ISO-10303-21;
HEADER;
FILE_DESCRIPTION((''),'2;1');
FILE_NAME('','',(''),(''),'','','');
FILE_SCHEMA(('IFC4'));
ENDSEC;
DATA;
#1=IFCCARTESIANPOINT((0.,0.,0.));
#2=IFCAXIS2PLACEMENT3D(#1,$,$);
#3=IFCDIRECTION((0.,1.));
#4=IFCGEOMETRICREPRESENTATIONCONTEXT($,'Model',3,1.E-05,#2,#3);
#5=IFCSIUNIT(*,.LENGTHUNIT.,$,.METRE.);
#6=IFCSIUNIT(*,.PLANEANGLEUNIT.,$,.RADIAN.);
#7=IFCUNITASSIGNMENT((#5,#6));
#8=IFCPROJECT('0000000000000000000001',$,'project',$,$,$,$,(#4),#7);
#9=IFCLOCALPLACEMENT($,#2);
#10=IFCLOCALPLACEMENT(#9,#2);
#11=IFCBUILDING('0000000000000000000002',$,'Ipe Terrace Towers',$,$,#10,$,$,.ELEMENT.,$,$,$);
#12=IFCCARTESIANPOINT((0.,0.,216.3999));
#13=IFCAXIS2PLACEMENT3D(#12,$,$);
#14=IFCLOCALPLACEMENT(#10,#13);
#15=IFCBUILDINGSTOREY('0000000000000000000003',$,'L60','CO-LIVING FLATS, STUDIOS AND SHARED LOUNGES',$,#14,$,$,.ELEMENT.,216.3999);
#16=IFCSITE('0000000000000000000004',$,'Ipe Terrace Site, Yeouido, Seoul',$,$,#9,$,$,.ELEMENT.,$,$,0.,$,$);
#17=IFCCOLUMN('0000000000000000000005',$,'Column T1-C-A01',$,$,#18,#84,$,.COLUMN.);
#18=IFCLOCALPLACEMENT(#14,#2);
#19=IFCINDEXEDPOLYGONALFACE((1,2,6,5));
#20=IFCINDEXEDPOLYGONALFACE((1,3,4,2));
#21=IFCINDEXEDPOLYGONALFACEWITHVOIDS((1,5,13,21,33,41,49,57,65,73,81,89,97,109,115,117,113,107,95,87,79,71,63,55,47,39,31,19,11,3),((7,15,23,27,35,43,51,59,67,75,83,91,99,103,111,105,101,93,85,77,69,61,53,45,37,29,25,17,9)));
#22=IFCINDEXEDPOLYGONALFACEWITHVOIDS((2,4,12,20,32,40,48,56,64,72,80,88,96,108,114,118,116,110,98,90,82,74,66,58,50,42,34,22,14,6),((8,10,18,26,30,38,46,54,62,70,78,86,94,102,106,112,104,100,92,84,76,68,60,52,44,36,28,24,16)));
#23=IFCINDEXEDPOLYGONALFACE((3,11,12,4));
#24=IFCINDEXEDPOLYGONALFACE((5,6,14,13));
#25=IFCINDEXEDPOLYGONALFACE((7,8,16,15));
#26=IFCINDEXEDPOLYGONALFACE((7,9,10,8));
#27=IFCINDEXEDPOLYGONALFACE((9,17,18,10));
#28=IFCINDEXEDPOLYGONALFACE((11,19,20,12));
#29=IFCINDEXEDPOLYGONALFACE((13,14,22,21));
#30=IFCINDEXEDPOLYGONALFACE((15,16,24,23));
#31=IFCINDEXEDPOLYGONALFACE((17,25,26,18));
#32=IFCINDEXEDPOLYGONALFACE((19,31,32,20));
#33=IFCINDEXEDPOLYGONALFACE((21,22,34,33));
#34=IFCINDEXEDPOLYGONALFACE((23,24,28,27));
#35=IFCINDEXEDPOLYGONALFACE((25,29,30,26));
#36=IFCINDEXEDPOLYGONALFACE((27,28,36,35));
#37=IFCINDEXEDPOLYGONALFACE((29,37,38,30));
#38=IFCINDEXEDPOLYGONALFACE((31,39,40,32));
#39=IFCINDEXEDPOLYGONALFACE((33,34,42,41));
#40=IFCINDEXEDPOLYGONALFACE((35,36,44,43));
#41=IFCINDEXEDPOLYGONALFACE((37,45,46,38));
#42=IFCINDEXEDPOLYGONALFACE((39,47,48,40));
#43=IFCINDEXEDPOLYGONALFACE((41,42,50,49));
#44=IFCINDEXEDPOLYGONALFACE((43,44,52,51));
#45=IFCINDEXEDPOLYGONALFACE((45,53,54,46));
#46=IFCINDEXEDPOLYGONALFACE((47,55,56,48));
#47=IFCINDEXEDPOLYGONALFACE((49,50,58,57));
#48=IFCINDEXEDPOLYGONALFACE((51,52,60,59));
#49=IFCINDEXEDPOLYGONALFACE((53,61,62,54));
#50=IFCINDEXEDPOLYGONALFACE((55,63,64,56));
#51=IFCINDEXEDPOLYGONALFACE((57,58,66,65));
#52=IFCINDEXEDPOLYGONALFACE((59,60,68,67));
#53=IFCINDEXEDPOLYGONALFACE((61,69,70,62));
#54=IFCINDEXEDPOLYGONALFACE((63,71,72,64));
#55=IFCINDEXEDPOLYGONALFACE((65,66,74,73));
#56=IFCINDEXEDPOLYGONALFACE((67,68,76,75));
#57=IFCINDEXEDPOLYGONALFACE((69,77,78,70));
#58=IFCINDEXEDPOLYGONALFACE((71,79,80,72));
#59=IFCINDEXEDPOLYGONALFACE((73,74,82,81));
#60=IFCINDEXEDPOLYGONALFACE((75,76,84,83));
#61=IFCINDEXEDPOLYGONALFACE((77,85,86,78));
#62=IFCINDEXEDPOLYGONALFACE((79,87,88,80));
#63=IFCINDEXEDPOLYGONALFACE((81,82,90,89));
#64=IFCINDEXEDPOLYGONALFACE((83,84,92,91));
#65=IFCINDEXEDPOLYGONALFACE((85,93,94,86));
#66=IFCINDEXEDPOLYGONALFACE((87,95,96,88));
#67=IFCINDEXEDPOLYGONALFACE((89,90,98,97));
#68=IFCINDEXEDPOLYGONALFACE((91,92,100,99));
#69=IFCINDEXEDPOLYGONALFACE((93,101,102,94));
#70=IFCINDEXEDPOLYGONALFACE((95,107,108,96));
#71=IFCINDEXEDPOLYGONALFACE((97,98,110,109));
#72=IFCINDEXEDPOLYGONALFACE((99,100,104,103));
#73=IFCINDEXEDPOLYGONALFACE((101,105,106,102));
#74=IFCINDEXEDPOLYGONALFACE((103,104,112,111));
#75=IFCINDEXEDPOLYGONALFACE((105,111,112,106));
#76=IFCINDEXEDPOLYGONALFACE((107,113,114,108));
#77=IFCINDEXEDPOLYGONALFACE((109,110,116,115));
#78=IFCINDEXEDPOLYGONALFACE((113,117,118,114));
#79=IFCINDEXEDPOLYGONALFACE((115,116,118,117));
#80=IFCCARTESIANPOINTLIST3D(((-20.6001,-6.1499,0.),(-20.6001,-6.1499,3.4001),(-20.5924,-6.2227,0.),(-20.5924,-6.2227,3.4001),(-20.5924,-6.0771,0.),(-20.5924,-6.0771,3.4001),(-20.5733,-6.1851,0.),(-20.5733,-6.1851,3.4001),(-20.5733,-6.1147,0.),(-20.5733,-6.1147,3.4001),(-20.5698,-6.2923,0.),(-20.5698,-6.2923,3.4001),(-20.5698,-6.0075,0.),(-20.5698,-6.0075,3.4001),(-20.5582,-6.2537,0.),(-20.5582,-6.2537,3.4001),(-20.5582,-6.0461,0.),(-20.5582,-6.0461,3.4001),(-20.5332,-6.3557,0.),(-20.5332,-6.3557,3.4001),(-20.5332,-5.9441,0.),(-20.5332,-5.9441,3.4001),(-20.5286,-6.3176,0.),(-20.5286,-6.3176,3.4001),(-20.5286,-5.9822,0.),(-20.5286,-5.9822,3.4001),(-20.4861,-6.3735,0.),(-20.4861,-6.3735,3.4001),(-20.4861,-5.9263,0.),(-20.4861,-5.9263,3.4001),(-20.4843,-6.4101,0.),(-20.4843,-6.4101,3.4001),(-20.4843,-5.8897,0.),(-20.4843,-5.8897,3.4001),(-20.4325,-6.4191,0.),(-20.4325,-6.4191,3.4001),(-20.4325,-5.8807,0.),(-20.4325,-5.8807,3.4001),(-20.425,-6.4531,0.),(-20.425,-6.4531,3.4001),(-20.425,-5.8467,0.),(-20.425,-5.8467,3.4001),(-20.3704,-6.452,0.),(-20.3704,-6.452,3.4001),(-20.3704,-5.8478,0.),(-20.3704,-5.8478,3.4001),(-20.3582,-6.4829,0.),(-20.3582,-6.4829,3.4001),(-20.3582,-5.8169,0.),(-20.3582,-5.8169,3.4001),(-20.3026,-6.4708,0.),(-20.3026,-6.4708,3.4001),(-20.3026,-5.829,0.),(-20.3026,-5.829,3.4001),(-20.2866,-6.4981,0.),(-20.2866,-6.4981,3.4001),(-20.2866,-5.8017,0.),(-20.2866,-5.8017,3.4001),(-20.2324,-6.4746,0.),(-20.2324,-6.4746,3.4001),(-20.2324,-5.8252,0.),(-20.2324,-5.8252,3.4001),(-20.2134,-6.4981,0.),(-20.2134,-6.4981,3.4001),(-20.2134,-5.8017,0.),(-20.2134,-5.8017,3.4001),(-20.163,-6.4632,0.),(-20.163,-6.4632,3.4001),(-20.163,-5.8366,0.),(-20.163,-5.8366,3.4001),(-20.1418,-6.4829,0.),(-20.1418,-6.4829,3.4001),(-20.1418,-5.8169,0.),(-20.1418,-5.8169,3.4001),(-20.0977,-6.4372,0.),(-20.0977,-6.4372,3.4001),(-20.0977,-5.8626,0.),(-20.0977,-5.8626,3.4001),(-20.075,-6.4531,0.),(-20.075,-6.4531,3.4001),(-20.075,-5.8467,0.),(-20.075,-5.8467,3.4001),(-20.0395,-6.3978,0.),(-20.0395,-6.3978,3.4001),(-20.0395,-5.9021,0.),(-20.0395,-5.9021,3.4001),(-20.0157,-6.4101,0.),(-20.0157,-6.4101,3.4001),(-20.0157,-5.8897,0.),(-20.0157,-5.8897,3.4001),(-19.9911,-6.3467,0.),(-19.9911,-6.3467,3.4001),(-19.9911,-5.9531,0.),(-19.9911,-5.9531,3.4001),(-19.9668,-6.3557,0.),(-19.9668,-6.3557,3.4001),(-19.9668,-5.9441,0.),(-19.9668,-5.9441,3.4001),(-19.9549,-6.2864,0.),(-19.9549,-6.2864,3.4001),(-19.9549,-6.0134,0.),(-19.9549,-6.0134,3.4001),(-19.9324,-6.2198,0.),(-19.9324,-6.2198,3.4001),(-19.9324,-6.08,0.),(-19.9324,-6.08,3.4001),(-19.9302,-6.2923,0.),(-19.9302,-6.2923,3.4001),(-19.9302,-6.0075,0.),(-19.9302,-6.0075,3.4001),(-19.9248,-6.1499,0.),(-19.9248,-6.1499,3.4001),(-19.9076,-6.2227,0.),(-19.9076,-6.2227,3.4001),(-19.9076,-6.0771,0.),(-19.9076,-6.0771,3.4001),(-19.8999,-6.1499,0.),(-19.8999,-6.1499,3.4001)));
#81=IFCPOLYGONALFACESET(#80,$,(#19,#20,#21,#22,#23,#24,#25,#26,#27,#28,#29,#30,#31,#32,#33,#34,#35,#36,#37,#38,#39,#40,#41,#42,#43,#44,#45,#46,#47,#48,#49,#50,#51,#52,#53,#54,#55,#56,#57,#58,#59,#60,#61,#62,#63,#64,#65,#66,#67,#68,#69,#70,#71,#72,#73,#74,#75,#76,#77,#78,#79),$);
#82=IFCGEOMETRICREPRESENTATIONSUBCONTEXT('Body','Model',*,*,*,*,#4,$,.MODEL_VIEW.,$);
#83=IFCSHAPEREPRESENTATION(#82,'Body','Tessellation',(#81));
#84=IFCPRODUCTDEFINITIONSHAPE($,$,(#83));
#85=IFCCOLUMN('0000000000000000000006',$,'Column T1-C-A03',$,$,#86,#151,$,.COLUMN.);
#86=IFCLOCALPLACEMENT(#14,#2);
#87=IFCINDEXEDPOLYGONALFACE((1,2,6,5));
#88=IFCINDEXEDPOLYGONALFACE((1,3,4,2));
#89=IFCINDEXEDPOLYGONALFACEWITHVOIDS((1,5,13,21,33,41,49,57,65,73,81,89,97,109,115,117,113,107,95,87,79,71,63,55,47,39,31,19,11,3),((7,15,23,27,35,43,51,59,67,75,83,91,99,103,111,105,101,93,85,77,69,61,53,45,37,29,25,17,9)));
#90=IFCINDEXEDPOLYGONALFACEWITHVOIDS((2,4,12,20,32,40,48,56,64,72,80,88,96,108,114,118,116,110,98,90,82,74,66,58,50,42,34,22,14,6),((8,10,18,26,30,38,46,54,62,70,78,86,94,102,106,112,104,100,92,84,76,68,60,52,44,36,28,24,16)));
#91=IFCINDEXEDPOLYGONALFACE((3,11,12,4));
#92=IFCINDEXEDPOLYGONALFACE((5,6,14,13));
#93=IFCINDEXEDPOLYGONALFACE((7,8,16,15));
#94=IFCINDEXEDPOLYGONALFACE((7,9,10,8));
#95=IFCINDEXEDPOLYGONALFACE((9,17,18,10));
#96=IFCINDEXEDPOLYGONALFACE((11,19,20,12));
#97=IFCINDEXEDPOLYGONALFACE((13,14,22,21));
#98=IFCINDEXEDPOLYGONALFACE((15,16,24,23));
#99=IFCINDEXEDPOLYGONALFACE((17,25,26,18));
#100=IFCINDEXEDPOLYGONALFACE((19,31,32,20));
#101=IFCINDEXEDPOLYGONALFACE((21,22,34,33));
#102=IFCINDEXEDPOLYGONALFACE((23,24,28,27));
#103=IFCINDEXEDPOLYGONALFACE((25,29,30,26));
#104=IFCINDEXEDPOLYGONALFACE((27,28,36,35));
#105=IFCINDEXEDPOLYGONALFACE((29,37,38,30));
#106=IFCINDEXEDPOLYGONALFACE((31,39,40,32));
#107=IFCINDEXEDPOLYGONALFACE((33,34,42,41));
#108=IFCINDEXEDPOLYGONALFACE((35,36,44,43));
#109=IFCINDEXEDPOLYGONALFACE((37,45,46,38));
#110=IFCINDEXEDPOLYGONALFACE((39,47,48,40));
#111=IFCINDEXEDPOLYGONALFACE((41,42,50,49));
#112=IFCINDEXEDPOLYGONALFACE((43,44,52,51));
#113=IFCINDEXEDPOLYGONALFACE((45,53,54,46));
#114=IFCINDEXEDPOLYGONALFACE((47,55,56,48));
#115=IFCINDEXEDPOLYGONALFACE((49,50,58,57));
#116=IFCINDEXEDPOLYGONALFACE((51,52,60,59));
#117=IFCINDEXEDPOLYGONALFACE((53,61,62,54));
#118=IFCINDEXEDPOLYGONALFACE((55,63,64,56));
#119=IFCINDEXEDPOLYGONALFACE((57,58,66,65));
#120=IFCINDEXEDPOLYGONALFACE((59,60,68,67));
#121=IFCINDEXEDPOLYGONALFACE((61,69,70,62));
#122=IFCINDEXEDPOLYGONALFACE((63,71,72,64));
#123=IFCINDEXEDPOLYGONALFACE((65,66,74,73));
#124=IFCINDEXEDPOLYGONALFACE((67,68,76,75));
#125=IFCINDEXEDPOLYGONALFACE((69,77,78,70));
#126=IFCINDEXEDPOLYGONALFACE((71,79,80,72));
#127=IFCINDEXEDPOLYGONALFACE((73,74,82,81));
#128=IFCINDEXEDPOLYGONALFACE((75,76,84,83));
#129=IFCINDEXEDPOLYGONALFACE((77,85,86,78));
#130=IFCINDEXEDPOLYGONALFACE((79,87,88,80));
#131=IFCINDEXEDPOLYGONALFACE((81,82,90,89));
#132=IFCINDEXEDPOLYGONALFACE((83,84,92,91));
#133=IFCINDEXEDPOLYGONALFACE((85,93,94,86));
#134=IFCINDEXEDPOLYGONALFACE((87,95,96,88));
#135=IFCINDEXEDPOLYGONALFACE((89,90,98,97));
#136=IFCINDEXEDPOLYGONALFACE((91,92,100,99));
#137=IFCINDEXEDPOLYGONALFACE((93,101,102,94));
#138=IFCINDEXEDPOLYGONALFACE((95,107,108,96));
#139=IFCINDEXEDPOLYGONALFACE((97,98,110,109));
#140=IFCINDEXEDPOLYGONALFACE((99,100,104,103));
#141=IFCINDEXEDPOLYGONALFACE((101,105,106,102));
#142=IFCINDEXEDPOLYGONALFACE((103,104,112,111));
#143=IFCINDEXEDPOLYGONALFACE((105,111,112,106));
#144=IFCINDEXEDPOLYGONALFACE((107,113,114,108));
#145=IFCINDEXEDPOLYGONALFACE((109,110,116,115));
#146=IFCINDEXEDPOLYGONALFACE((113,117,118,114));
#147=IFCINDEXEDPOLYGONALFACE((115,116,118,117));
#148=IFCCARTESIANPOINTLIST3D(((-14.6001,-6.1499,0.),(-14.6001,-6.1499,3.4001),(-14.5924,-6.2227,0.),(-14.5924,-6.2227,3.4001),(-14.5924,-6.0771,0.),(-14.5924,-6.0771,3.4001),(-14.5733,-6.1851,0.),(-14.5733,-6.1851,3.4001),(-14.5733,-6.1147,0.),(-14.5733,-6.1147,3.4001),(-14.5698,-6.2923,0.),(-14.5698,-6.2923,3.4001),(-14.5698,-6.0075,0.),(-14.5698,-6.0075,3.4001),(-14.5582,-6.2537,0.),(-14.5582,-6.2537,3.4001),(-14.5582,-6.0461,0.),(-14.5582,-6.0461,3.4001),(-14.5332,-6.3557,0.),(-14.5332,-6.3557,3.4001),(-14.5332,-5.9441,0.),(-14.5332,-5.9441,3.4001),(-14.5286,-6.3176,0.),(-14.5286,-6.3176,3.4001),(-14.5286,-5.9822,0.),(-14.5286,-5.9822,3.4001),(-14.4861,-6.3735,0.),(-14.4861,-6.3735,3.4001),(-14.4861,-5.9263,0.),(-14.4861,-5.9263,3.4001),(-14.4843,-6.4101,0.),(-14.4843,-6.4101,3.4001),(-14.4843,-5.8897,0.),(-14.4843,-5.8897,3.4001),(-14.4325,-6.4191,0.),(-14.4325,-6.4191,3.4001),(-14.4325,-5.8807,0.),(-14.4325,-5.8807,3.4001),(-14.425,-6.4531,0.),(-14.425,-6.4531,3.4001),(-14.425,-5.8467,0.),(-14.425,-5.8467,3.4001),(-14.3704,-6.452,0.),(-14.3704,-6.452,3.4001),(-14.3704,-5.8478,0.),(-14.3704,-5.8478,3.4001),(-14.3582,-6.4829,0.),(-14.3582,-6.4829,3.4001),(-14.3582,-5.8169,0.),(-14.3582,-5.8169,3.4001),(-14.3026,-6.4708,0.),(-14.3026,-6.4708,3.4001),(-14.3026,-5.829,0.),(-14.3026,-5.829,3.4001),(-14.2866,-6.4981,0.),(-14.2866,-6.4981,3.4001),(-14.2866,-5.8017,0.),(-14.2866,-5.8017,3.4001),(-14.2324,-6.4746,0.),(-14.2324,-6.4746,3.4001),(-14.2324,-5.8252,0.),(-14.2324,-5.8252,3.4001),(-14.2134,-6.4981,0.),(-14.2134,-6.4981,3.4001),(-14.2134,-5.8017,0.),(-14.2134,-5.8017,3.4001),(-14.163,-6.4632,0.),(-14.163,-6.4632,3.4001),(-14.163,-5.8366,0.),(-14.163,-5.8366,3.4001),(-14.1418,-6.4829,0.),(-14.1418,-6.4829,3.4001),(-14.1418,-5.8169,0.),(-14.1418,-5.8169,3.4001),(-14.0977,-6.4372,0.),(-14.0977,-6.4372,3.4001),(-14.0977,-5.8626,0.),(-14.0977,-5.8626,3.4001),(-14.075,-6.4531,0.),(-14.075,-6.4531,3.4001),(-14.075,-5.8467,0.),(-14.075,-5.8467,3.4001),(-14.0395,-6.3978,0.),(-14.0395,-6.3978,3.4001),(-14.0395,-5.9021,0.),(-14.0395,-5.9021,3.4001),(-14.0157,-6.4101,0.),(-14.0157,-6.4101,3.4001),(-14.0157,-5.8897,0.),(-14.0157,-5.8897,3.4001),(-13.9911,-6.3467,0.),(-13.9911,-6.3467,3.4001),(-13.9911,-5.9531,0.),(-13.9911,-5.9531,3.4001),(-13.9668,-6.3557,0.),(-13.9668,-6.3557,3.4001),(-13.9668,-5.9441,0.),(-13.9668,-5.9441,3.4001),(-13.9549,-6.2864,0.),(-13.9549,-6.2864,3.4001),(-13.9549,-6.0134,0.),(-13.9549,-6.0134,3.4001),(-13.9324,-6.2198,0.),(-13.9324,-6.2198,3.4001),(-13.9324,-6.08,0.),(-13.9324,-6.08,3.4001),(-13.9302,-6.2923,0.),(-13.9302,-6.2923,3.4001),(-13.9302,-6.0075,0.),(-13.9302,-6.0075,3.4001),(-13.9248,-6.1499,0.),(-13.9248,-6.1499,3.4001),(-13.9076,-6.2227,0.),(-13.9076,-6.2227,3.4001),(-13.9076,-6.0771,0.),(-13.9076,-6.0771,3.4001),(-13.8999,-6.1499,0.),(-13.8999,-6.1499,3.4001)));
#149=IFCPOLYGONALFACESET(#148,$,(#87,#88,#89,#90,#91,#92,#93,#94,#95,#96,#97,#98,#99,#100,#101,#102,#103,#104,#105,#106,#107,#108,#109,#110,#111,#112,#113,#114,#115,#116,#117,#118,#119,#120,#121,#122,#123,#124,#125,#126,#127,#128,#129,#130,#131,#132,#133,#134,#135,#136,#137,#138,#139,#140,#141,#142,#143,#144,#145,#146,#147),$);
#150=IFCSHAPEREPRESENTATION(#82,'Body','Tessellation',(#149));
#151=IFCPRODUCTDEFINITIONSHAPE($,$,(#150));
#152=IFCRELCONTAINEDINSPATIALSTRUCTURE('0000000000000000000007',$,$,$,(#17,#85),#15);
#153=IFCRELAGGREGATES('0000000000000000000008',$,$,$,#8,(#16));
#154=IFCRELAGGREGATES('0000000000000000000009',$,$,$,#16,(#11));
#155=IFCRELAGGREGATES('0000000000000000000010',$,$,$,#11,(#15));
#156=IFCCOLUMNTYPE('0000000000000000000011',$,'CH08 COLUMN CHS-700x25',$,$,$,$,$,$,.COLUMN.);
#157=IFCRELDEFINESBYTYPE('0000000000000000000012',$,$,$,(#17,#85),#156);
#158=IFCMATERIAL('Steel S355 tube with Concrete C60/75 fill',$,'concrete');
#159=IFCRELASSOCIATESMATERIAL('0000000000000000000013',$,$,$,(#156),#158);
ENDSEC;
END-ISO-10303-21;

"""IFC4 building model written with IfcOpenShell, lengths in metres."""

from ifc_helpers import new_model, si_unit, direction, frame, origin, origin_2d, place, context, subcontext, project, spatial, hollow_circle, extrude, material, material_profile, profile_set, type_object, element, save


model = new_model("IFC4")

# Units and contexts
model_context = context("Model", 3, precision=1e-05, world=origin(), true_north=direction((0.0, 1.0)))
body_context = subcontext(model_context, "Body", "Model", "MODEL_VIEW")
ifc_project = project(units=[si_unit("LENGTHUNIT", "METRE"), si_unit("PLANEANGLEUNIT", "RADIAN")], contexts=[model_context])

# Site, building, storey
site_placement = place(None, origin())
site = spatial("IfcSite", under=ifc_project, at=site_placement, Name="Ipe Terrace Site, Yeouido, Seoul", CompositionType="ELEMENT", RefElevation=0.0)
building_placement = place(site_placement, origin())
building = spatial("IfcBuilding", under=site, at=building_placement, Name="Ipe Terrace Towers", CompositionType="ELEMENT")
storey_placement = place(building_placement, frame((0.0, 0.0, 216.3999)))
storey = spatial("IfcBuildingStorey", under=building, at=storey_placement, Name="L60", Description="CO-LIVING FLATS, STUDIOS AND SHARED LOUNGES", CompositionType="ELEMENT", Elevation=216.3999)

# Columns
ifc_material_1 = material(Name="Steel S355 tube with Concrete C60/75 fill", Category="concrete")
ifc_material_profile_1 = material_profile(ifc_material_1, hollow_circle(Radius=0.3501, WallThickness=0.0249, at=origin_2d()), Name="CHS-700x25")
ifc_profile_set_1 = profile_set([ifc_material_profile_1], Name="Steel S355 tube with Concrete C60/75 fill")
column_type = type_object("IfcColumnType", Name="CH08 COLUMN CHS-700x25", PredefinedType="COLUMN", material=ifc_profile_set_1)
for number, where, z_axis, x_axis, name in (
    (1, (-20.25, -6.1499, 0.0), (0.0, 0.0, 1.0), (1.0, 0.0, 0.0), "Column T1-C-A01"),
    (2, (-14.25, -6.1499, 0.0), (0.0, 0.0, 1.0), (1.0, 0.0, 0.0), "Column T1-C-A03"),
):
    element("IfcColumn", number, at=place(storey_placement, frame(where, z_axis=z_axis, x_axis=x_axis)), inside=storey, type_object=column_type, Name=name, PredefinedType="COLUMN", context=body_context, shape_type="SweptSolid", body=[
        extrude(hollow_circle(Radius=0.3501, WallThickness=0.0249, at=origin_2d()), origin(), (0.0, 0.0, 1.0), 3.4001),
    ])

save(model, "model.ifc")
